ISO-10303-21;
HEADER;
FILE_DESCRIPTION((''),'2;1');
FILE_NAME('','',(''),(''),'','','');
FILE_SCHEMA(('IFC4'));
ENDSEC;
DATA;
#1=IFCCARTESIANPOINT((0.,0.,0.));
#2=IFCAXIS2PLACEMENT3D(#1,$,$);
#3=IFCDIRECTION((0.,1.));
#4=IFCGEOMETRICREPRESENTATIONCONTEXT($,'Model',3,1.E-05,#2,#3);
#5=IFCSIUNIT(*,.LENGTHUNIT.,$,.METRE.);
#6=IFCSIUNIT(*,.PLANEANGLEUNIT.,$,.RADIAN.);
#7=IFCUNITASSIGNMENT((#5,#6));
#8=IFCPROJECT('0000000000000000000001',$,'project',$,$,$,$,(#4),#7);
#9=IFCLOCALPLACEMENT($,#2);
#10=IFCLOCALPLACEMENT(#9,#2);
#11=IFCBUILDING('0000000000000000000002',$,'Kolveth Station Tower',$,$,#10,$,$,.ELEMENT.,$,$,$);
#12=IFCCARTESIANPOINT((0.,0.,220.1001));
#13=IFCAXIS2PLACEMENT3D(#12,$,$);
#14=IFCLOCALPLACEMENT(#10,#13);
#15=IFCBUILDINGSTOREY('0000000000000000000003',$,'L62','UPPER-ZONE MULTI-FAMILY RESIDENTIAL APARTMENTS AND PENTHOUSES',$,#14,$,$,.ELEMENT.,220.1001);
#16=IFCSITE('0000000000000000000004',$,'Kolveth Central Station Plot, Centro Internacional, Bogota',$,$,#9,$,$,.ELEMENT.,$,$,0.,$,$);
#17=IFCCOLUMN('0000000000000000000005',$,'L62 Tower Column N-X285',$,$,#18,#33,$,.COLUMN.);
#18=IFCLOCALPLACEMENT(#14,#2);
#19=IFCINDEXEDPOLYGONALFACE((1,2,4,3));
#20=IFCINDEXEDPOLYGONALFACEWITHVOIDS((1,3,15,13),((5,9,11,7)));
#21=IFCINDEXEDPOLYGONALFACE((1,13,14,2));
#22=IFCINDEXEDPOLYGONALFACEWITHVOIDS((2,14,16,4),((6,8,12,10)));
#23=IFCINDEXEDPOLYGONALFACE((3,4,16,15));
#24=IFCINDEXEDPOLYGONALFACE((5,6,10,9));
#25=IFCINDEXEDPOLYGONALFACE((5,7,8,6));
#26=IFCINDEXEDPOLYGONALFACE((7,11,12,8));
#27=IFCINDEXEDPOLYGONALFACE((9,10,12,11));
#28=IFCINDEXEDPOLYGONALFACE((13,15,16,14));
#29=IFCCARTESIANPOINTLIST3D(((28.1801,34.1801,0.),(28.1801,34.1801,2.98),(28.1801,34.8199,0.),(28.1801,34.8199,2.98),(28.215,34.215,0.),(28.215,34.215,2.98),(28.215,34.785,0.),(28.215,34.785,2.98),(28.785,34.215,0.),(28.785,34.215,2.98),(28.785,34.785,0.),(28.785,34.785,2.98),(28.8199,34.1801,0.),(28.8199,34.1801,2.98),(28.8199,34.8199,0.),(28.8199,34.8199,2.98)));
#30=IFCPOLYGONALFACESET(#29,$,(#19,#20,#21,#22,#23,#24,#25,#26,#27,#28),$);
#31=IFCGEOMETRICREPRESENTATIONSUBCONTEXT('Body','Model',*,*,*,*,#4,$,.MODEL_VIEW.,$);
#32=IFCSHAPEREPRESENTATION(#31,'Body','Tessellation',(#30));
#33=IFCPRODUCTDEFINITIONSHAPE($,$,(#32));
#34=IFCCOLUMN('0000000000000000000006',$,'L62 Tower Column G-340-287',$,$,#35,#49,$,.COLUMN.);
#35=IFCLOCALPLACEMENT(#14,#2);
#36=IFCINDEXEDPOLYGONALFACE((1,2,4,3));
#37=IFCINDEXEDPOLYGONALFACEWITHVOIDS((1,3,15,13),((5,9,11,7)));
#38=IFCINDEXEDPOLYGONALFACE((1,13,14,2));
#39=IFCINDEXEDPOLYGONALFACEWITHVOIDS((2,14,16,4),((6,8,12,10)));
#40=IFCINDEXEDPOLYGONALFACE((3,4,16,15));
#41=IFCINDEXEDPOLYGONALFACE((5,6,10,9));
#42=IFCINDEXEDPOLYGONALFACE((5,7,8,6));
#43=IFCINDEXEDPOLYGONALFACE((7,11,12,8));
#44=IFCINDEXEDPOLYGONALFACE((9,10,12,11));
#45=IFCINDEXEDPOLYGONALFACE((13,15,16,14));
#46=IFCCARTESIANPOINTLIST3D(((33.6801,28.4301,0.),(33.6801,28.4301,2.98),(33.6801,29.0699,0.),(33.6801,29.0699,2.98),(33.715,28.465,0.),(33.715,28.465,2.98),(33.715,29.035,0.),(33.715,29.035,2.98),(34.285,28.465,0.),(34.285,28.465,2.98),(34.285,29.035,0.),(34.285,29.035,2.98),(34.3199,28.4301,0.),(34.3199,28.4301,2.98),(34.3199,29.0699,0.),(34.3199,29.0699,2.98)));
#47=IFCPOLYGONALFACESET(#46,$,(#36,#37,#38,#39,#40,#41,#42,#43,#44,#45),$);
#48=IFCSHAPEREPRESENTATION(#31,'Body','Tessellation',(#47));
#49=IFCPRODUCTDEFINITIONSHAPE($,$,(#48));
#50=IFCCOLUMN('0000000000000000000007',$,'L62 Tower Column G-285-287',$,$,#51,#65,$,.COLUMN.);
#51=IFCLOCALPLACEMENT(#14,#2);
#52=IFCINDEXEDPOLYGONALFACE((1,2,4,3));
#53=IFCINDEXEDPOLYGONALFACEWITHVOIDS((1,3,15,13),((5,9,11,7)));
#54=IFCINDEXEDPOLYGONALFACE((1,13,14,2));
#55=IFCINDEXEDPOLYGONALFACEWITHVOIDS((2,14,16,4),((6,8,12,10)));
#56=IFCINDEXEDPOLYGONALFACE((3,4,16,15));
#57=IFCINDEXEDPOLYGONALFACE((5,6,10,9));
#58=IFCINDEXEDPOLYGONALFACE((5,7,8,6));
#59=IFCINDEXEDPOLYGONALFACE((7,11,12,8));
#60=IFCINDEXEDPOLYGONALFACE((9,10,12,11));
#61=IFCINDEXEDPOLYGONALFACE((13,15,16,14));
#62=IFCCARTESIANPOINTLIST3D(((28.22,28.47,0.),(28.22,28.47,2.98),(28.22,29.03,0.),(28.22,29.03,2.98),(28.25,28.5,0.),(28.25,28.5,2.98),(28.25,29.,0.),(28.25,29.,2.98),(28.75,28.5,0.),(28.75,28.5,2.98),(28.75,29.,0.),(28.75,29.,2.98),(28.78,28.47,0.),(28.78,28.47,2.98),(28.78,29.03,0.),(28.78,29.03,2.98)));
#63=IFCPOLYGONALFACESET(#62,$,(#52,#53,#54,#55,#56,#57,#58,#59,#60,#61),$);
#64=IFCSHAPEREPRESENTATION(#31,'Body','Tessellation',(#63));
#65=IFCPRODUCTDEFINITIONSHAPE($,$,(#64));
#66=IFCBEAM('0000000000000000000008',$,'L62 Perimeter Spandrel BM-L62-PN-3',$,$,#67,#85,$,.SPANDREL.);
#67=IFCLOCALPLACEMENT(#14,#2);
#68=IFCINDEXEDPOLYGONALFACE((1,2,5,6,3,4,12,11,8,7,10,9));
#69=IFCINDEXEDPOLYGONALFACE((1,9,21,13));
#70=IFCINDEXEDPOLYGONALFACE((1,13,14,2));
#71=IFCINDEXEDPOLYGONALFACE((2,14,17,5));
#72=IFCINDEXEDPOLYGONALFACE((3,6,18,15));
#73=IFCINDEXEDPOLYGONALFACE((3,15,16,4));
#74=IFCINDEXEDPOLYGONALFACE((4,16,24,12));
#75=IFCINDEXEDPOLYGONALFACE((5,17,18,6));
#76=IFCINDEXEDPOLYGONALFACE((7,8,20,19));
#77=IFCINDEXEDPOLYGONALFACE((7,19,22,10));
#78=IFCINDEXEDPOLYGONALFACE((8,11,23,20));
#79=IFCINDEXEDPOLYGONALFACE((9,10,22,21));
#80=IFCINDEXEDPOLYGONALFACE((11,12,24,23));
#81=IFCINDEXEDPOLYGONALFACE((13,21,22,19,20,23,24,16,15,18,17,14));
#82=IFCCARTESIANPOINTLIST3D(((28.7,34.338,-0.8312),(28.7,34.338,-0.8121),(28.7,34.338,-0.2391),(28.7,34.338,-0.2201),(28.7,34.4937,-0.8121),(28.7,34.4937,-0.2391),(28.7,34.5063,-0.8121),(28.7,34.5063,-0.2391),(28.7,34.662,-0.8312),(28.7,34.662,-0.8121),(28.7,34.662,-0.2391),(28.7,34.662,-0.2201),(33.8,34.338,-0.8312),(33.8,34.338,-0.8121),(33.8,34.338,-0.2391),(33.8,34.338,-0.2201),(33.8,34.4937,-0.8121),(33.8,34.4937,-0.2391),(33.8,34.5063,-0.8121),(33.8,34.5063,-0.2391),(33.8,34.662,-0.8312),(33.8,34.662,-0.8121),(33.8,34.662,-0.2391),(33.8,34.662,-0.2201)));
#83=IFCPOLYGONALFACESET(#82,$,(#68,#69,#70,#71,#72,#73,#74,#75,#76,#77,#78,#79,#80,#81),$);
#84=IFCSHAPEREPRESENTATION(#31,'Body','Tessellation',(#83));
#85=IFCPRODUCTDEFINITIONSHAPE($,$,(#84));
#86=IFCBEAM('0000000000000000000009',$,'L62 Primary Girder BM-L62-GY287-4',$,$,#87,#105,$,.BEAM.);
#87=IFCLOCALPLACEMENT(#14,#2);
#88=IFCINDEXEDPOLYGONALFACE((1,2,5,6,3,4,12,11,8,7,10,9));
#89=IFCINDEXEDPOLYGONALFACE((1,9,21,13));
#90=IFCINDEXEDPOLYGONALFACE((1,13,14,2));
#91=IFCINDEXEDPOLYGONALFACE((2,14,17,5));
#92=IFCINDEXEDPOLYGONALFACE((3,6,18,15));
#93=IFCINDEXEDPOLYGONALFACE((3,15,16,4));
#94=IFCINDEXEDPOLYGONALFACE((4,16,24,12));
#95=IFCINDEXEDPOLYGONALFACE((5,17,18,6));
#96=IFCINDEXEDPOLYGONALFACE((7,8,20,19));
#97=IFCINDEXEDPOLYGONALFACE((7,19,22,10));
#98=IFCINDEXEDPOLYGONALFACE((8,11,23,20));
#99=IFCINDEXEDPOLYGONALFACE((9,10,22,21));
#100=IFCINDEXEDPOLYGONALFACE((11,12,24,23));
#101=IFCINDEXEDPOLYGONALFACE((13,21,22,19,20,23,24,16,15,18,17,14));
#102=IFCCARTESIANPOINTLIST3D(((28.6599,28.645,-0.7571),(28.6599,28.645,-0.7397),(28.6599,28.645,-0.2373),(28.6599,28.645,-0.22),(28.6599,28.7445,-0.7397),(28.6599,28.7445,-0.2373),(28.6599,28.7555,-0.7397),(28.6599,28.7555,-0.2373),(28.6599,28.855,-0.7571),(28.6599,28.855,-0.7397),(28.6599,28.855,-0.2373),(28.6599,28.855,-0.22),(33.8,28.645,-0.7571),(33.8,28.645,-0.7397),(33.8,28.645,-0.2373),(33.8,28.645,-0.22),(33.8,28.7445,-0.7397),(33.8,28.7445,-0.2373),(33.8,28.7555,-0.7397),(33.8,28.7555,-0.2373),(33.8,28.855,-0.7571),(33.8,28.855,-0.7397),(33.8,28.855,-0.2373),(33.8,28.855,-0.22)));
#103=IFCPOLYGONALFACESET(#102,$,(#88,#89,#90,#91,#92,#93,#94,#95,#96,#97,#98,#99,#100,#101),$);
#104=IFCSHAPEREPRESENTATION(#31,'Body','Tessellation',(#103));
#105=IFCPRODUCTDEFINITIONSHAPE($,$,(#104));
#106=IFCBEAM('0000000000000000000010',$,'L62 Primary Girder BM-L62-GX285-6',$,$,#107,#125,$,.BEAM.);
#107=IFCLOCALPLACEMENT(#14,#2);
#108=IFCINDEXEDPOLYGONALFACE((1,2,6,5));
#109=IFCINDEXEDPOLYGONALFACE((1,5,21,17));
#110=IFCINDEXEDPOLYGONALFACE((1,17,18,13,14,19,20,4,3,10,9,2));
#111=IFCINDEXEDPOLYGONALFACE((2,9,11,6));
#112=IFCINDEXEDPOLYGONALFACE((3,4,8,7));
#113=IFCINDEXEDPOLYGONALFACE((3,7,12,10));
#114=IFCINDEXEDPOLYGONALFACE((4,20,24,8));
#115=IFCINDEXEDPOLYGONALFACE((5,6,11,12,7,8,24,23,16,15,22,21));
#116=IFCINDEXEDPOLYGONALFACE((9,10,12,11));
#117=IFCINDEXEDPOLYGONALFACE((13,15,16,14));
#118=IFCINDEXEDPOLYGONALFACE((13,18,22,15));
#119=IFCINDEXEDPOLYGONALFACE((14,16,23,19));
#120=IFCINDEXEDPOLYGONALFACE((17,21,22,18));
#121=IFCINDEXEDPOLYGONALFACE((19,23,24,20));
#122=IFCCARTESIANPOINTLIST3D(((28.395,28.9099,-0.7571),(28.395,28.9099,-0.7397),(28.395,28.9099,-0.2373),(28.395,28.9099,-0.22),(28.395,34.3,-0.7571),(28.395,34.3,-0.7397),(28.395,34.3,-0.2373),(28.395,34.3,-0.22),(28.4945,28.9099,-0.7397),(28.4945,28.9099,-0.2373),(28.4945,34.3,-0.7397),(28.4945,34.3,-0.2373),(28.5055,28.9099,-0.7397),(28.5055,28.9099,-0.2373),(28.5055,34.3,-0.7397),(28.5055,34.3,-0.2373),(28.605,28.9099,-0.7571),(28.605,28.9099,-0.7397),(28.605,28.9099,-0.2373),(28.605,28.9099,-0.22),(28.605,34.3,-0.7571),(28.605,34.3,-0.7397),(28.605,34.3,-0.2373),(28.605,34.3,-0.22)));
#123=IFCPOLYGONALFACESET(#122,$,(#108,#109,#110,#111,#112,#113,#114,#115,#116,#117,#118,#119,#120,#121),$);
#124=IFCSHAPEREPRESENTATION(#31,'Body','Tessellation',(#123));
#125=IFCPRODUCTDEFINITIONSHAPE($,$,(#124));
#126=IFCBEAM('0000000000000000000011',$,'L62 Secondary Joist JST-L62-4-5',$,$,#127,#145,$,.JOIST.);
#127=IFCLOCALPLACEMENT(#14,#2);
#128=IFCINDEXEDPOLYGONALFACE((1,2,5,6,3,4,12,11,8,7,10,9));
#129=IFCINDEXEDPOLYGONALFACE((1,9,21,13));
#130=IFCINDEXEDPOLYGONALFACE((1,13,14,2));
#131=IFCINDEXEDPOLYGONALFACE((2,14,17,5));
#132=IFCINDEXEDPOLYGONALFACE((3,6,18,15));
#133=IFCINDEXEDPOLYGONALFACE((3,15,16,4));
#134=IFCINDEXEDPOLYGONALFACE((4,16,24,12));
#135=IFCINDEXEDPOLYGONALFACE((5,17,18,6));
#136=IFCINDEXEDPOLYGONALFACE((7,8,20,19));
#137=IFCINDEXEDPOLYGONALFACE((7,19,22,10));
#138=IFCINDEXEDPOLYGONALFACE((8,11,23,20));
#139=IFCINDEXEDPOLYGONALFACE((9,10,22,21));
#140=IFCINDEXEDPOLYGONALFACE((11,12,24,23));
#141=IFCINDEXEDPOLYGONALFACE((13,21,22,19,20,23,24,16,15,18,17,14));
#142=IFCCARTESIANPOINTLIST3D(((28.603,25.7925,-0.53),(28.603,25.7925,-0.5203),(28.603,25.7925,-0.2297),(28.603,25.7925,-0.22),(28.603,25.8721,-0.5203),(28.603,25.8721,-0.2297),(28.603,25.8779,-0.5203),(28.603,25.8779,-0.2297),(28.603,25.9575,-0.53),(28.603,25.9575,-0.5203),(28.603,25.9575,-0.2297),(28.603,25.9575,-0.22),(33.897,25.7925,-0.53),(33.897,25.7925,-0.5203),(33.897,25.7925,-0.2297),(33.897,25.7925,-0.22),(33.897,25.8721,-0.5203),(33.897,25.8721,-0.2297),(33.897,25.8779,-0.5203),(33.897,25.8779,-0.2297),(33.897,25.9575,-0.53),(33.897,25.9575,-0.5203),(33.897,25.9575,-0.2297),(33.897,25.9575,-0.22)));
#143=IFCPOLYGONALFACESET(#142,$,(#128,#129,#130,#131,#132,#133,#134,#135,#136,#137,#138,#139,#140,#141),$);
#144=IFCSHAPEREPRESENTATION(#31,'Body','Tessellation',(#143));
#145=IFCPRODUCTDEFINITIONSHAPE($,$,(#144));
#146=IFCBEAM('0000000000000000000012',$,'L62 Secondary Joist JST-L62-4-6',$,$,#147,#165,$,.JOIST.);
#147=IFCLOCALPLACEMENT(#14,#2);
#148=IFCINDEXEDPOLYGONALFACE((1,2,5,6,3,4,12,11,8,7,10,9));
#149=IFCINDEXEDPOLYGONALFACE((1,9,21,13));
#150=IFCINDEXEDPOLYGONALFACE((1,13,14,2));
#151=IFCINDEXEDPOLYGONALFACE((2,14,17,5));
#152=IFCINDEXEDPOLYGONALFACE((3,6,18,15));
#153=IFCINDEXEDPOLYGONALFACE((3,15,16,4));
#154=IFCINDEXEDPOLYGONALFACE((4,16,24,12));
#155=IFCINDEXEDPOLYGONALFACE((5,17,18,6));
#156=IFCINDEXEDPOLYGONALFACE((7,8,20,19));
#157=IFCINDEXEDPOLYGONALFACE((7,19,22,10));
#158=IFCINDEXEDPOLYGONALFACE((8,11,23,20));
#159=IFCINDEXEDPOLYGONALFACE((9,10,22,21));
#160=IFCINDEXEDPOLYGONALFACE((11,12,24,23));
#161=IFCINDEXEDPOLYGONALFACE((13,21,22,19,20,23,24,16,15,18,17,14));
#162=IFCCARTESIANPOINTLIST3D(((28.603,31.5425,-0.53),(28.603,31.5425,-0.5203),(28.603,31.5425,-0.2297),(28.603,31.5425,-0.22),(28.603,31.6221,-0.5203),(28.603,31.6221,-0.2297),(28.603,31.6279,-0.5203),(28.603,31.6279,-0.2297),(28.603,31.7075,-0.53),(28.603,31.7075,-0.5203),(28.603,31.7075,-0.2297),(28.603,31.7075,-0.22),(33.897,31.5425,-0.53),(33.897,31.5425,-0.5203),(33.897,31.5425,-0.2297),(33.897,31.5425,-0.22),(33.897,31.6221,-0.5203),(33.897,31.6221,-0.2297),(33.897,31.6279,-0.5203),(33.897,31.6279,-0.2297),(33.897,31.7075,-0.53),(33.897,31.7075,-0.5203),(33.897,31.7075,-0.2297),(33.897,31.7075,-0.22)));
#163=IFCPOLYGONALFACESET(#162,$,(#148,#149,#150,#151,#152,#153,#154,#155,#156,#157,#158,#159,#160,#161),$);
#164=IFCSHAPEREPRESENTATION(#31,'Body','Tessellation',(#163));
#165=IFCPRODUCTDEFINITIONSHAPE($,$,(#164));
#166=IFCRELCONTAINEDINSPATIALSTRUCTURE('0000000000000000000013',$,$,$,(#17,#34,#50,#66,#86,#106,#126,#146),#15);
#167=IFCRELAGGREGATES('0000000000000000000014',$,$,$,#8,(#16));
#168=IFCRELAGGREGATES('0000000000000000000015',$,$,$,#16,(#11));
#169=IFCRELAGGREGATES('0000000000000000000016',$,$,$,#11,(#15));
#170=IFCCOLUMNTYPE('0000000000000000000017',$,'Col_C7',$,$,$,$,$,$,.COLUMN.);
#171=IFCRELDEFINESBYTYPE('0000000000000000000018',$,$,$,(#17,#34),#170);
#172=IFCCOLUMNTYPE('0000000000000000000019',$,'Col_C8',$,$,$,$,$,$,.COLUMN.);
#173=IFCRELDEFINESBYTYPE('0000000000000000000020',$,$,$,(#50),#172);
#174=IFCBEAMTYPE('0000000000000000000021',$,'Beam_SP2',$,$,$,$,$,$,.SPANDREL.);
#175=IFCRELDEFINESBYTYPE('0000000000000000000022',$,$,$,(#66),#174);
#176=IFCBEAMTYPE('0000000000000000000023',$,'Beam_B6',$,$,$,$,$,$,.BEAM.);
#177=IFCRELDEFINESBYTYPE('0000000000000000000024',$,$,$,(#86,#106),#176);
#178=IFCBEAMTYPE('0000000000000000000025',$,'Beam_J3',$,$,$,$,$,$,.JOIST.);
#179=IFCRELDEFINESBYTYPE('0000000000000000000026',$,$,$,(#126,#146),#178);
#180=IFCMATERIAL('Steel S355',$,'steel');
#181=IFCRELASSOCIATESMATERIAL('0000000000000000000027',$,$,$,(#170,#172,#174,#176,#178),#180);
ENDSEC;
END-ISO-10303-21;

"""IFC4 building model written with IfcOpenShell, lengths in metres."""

from ifc_helpers import new_model, si_unit, direction, frame, origin, origin_2d, place, context, subcontext, project, spatial, hollow_rectangle, i_section, extrude, source, transform, mapped, material, material_profile, profile_set, type_object, element, save


model = new_model("IFC4")

# Units and contexts
model_context = context("Model", 3, precision=1e-05, world=origin(), true_north=direction((0.0, 1.0)))
body_context = subcontext(model_context, "Body", "Model", "MODEL_VIEW")
ifc_project = project(units=[si_unit("LENGTHUNIT", "METRE"), si_unit("PLANEANGLEUNIT", "RADIAN")], contexts=[model_context])

# Site, building, storey
site_placement = place(None, origin())
site = spatial("IfcSite", under=ifc_project, at=site_placement, Name="Kolveth Central Station Plot, Centro Internacional, Bogota", CompositionType="ELEMENT", RefElevation=0.0)
building_placement = place(site_placement, origin())
building = spatial("IfcBuilding", under=site, at=building_placement, Name="Kolveth Station Tower", CompositionType="ELEMENT")
storey_placement = place(building_placement, frame((0.0, 0.0, 220.1001)))
storey = spatial("IfcBuildingStorey", under=building, at=storey_placement, Name="L62", Description="UPPER-ZONE MULTI-FAMILY RESIDENTIAL APARTMENTS AND PENTHOUSES", CompositionType="ELEMENT", Elevation=220.1001)

# Columns
ifc_material_1 = material(Name="Steel S355", Category="steel")
ifc_material_profile_1 = material_profile(ifc_material_1, hollow_rectangle(XDim=0.6399, YDim=0.6399, WallThickness=0.0349, at=origin_2d()), Name="BOX640x640x35")
ifc_profile_set_1 = profile_set([ifc_material_profile_1], Name="Steel S355")
column_type_1 = type_object("IfcColumnType", Name="Col_C7", PredefinedType="COLUMN", material=ifc_profile_set_1)
shared_shape_1 = source(origin(), body_context, "Body", "SweptSolid", [
    extrude(hollow_rectangle(XDim=0.6399, YDim=0.6399, WallThickness=0.0349, at=origin_2d()), origin(), (0.0, 0.0, 1.0), 2.98),
])
for number, where, z_axis, x_axis, name in (
    (1, (28.5, 34.5, 0.0), (0.0, 0.0, 1.0), (1.0, 0.0, 0.0), "L62 Tower Column N-X285"),
    (2, (34.0, 28.75, 0.0), (0.0, 0.0, 1.0), (1.0, 0.0, 0.0), "L62 Tower Column G-340-287"),
):
    element("IfcColumn", number, at=place(storey_placement, frame(where, z_axis=z_axis, x_axis=x_axis)), inside=storey, type_object=column_type_1, Name=name, PredefinedType="COLUMN", context=body_context, shape_type="MappedRepresentation", body=[
        mapped(shared_shape_1, transform((0.0, 0.0, 0.0), x_axis=(1.0, 0.0, 0.0), y_axis=(0.0, 1.0, 0.0), z_axis=(0.0, 0.0, 1.0), scale=1.0)),
    ])
ifc_material_profile_2 = material_profile(ifc_material_1, hollow_rectangle(XDim=0.5601, YDim=0.5601, WallThickness=0.03, at=origin_2d()), Name="BOX560x560x30")
ifc_profile_set_2 = profile_set([ifc_material_profile_2], Name="Steel S355")
column_type_2 = type_object("IfcColumnType", Name="Col_C8", PredefinedType="COLUMN", material=ifc_profile_set_2)
shared_shape_2 = source(origin(), body_context, "Body", "SweptSolid", [
    extrude(hollow_rectangle(XDim=0.5601, YDim=0.5601, WallThickness=0.03, at=origin_2d()), origin(), (0.0, 0.0, 1.0), 2.98),
])
column_placement = place(storey_placement, frame((28.5, 28.75, 0.0), z_axis=(0.0, 0.0, 1.0), x_axis=(1.0, 0.0, 0.0)))
element("IfcColumn", 3, at=column_placement, inside=storey, type_object=column_type_2, Name="L62 Tower Column G-285-287", PredefinedType="COLUMN", context=body_context, shape_type="MappedRepresentation", body=[
    mapped(shared_shape_2, transform((0.0, 0.0, 0.0), x_axis=(1.0, 0.0, 0.0), y_axis=(0.0, 1.0, 0.0), z_axis=(0.0, 0.0, 1.0), scale=1.0)),
])

# Beams
ifc_material_profile_3 = material_profile(ifc_material_1, i_section(OverallWidth=0.324, OverallDepth=0.6111, WebThickness=0.0127, FlangeThickness=0.019, at=origin_2d()), Name="W610x155")
ifc_profile_set_3 = profile_set([ifc_material_profile_3], Name="Steel S355")
beam_type_1 = type_object("IfcBeamType", Name="Beam_SP2", PredefinedType="SPANDREL", material=ifc_profile_set_3)
shared_shape_3 = source(origin(), body_context, "Body", "SweptSolid", [
    extrude(i_section(OverallWidth=0.324, OverallDepth=0.6111, WebThickness=0.0127, FlangeThickness=0.019, at=origin_2d()), origin(), (0.0, 0.0, 1.0), 5.1001),
])
beam_1_placement = place(storey_placement, frame((28.7, 34.5, -0.5256), z_axis=(1.0, 0.0, 0.0), x_axis=(0.0, 1.0, 0.0)))
element("IfcBeam", 4, at=beam_1_placement, inside=storey, type_object=beam_type_1, Name="L62 Perimeter Spandrel BM-L62-PN-3", PredefinedType="SPANDREL", context=body_context, shape_type="MappedRepresentation", body=[
    mapped(shared_shape_3, transform((0.0, 0.0, 0.0), x_axis=(1.0, 0.0, 0.0), y_axis=(0.0, 1.0, 0.0), z_axis=(0.0, 0.0, 1.0), scale=1.0)),
])
ifc_material_profile_4 = material_profile(ifc_material_1, i_section(OverallWidth=0.21, OverallDepth=0.5371, WebThickness=0.011, FlangeThickness=0.0173, at=origin_2d()), Name="W530x101")
ifc_profile_set_4 = profile_set([ifc_material_profile_4], Name="Steel S355")
beam_type_2 = type_object("IfcBeamType", Name="Beam_B6", PredefinedType="BEAM", material=ifc_profile_set_4)
shared_shape_4 = source(origin(), body_context, "Body", "SweptSolid", [
    extrude(i_section(OverallWidth=0.21, OverallDepth=0.5371, WebThickness=0.011, FlangeThickness=0.0173, at=origin_2d()), origin(), (0.0, 0.0, 1.0), 5.1401),
])
beam_2_placement = place(storey_placement, frame((28.6599, 28.75, -0.4885), z_axis=(1.0, 0.0, 0.0), x_axis=(0.0, 1.0, 0.0)))
element("IfcBeam", 5, at=beam_2_placement, inside=storey, type_object=beam_type_2, Name="L62 Primary Girder BM-L62-GY287-4", PredefinedType="BEAM", context=body_context, shape_type="MappedRepresentation", body=[
    mapped(shared_shape_4, transform((0.0, 0.0, 0.0), x_axis=(1.0, 0.0, 0.0), y_axis=(0.0, 1.0, 0.0), z_axis=(0.0, 0.0, 1.0), scale=1.0)),
])
shared_shape_5 = source(origin(), body_context, "Body", "SweptSolid", [
    extrude(i_section(OverallWidth=0.21, OverallDepth=0.5371, WebThickness=0.011, FlangeThickness=0.0173, at=origin_2d()), origin(), (0.0, 0.0, 1.0), 5.3901),
])
beam_3_placement = place(storey_placement, frame((28.5, 28.9099, -0.4885), z_axis=(0.0, 1.0, 0.0), x_axis=(-1.0, 0.0, 0.0)))
element("IfcBeam", 6, at=beam_3_placement, inside=storey, type_object=beam_type_2, Name="L62 Primary Girder BM-L62-GX285-6", PredefinedType="BEAM", context=body_context, shape_type="MappedRepresentation", body=[
    mapped(shared_shape_5, transform((0.0, 0.0, 0.0), x_axis=(1.0, 0.0, 0.0), y_axis=(0.0, 1.0, 0.0), z_axis=(0.0, 0.0, 1.0), scale=1.0)),
])
ifc_material_profile_5 = material_profile(ifc_material_1, i_section(OverallWidth=0.165, OverallDepth=0.3101, WebThickness=0.0059, FlangeThickness=0.0098, at=origin_2d()), Name="W310x39")
ifc_profile_set_5 = profile_set([ifc_material_profile_5], Name="Steel S355")
beam_type_3 = type_object("IfcBeamType", Name="Beam_J3", PredefinedType="JOIST", material=ifc_profile_set_5)
shared_shape_6 = source(origin(), body_context, "Body", "SweptSolid", [
    extrude(i_section(OverallWidth=0.165, OverallDepth=0.3101, WebThickness=0.0059, FlangeThickness=0.0098, at=origin_2d()), origin(), (0.0, 0.0, 1.0), 5.2939),
])
for number, where, z_axis, x_axis, name in (
    (7, (28.603, 25.875, -0.375), (1.0, 0.0, 0.0), (0.0, 1.0, 0.0), "L62 Secondary Joist JST-L62-4-5"),
    (8, (28.603, 31.625, -0.375), (1.0, 0.0, 0.0), (0.0, 1.0, 0.0), "L62 Secondary Joist JST-L62-4-6"),
):
    element("IfcBeam", number, at=place(storey_placement, frame(where, z_axis=z_axis, x_axis=x_axis)), inside=storey, type_object=beam_type_3, Name=name, PredefinedType="JOIST", context=body_context, shape_type="MappedRepresentation", body=[
        mapped(shared_shape_6, transform((0.0, 0.0, 0.0), x_axis=(1.0, 0.0, 0.0), y_axis=(0.0, 1.0, 0.0), z_axis=(0.0, 0.0, 1.0), scale=1.0)),
    ])

save(model, "model.ifc")
